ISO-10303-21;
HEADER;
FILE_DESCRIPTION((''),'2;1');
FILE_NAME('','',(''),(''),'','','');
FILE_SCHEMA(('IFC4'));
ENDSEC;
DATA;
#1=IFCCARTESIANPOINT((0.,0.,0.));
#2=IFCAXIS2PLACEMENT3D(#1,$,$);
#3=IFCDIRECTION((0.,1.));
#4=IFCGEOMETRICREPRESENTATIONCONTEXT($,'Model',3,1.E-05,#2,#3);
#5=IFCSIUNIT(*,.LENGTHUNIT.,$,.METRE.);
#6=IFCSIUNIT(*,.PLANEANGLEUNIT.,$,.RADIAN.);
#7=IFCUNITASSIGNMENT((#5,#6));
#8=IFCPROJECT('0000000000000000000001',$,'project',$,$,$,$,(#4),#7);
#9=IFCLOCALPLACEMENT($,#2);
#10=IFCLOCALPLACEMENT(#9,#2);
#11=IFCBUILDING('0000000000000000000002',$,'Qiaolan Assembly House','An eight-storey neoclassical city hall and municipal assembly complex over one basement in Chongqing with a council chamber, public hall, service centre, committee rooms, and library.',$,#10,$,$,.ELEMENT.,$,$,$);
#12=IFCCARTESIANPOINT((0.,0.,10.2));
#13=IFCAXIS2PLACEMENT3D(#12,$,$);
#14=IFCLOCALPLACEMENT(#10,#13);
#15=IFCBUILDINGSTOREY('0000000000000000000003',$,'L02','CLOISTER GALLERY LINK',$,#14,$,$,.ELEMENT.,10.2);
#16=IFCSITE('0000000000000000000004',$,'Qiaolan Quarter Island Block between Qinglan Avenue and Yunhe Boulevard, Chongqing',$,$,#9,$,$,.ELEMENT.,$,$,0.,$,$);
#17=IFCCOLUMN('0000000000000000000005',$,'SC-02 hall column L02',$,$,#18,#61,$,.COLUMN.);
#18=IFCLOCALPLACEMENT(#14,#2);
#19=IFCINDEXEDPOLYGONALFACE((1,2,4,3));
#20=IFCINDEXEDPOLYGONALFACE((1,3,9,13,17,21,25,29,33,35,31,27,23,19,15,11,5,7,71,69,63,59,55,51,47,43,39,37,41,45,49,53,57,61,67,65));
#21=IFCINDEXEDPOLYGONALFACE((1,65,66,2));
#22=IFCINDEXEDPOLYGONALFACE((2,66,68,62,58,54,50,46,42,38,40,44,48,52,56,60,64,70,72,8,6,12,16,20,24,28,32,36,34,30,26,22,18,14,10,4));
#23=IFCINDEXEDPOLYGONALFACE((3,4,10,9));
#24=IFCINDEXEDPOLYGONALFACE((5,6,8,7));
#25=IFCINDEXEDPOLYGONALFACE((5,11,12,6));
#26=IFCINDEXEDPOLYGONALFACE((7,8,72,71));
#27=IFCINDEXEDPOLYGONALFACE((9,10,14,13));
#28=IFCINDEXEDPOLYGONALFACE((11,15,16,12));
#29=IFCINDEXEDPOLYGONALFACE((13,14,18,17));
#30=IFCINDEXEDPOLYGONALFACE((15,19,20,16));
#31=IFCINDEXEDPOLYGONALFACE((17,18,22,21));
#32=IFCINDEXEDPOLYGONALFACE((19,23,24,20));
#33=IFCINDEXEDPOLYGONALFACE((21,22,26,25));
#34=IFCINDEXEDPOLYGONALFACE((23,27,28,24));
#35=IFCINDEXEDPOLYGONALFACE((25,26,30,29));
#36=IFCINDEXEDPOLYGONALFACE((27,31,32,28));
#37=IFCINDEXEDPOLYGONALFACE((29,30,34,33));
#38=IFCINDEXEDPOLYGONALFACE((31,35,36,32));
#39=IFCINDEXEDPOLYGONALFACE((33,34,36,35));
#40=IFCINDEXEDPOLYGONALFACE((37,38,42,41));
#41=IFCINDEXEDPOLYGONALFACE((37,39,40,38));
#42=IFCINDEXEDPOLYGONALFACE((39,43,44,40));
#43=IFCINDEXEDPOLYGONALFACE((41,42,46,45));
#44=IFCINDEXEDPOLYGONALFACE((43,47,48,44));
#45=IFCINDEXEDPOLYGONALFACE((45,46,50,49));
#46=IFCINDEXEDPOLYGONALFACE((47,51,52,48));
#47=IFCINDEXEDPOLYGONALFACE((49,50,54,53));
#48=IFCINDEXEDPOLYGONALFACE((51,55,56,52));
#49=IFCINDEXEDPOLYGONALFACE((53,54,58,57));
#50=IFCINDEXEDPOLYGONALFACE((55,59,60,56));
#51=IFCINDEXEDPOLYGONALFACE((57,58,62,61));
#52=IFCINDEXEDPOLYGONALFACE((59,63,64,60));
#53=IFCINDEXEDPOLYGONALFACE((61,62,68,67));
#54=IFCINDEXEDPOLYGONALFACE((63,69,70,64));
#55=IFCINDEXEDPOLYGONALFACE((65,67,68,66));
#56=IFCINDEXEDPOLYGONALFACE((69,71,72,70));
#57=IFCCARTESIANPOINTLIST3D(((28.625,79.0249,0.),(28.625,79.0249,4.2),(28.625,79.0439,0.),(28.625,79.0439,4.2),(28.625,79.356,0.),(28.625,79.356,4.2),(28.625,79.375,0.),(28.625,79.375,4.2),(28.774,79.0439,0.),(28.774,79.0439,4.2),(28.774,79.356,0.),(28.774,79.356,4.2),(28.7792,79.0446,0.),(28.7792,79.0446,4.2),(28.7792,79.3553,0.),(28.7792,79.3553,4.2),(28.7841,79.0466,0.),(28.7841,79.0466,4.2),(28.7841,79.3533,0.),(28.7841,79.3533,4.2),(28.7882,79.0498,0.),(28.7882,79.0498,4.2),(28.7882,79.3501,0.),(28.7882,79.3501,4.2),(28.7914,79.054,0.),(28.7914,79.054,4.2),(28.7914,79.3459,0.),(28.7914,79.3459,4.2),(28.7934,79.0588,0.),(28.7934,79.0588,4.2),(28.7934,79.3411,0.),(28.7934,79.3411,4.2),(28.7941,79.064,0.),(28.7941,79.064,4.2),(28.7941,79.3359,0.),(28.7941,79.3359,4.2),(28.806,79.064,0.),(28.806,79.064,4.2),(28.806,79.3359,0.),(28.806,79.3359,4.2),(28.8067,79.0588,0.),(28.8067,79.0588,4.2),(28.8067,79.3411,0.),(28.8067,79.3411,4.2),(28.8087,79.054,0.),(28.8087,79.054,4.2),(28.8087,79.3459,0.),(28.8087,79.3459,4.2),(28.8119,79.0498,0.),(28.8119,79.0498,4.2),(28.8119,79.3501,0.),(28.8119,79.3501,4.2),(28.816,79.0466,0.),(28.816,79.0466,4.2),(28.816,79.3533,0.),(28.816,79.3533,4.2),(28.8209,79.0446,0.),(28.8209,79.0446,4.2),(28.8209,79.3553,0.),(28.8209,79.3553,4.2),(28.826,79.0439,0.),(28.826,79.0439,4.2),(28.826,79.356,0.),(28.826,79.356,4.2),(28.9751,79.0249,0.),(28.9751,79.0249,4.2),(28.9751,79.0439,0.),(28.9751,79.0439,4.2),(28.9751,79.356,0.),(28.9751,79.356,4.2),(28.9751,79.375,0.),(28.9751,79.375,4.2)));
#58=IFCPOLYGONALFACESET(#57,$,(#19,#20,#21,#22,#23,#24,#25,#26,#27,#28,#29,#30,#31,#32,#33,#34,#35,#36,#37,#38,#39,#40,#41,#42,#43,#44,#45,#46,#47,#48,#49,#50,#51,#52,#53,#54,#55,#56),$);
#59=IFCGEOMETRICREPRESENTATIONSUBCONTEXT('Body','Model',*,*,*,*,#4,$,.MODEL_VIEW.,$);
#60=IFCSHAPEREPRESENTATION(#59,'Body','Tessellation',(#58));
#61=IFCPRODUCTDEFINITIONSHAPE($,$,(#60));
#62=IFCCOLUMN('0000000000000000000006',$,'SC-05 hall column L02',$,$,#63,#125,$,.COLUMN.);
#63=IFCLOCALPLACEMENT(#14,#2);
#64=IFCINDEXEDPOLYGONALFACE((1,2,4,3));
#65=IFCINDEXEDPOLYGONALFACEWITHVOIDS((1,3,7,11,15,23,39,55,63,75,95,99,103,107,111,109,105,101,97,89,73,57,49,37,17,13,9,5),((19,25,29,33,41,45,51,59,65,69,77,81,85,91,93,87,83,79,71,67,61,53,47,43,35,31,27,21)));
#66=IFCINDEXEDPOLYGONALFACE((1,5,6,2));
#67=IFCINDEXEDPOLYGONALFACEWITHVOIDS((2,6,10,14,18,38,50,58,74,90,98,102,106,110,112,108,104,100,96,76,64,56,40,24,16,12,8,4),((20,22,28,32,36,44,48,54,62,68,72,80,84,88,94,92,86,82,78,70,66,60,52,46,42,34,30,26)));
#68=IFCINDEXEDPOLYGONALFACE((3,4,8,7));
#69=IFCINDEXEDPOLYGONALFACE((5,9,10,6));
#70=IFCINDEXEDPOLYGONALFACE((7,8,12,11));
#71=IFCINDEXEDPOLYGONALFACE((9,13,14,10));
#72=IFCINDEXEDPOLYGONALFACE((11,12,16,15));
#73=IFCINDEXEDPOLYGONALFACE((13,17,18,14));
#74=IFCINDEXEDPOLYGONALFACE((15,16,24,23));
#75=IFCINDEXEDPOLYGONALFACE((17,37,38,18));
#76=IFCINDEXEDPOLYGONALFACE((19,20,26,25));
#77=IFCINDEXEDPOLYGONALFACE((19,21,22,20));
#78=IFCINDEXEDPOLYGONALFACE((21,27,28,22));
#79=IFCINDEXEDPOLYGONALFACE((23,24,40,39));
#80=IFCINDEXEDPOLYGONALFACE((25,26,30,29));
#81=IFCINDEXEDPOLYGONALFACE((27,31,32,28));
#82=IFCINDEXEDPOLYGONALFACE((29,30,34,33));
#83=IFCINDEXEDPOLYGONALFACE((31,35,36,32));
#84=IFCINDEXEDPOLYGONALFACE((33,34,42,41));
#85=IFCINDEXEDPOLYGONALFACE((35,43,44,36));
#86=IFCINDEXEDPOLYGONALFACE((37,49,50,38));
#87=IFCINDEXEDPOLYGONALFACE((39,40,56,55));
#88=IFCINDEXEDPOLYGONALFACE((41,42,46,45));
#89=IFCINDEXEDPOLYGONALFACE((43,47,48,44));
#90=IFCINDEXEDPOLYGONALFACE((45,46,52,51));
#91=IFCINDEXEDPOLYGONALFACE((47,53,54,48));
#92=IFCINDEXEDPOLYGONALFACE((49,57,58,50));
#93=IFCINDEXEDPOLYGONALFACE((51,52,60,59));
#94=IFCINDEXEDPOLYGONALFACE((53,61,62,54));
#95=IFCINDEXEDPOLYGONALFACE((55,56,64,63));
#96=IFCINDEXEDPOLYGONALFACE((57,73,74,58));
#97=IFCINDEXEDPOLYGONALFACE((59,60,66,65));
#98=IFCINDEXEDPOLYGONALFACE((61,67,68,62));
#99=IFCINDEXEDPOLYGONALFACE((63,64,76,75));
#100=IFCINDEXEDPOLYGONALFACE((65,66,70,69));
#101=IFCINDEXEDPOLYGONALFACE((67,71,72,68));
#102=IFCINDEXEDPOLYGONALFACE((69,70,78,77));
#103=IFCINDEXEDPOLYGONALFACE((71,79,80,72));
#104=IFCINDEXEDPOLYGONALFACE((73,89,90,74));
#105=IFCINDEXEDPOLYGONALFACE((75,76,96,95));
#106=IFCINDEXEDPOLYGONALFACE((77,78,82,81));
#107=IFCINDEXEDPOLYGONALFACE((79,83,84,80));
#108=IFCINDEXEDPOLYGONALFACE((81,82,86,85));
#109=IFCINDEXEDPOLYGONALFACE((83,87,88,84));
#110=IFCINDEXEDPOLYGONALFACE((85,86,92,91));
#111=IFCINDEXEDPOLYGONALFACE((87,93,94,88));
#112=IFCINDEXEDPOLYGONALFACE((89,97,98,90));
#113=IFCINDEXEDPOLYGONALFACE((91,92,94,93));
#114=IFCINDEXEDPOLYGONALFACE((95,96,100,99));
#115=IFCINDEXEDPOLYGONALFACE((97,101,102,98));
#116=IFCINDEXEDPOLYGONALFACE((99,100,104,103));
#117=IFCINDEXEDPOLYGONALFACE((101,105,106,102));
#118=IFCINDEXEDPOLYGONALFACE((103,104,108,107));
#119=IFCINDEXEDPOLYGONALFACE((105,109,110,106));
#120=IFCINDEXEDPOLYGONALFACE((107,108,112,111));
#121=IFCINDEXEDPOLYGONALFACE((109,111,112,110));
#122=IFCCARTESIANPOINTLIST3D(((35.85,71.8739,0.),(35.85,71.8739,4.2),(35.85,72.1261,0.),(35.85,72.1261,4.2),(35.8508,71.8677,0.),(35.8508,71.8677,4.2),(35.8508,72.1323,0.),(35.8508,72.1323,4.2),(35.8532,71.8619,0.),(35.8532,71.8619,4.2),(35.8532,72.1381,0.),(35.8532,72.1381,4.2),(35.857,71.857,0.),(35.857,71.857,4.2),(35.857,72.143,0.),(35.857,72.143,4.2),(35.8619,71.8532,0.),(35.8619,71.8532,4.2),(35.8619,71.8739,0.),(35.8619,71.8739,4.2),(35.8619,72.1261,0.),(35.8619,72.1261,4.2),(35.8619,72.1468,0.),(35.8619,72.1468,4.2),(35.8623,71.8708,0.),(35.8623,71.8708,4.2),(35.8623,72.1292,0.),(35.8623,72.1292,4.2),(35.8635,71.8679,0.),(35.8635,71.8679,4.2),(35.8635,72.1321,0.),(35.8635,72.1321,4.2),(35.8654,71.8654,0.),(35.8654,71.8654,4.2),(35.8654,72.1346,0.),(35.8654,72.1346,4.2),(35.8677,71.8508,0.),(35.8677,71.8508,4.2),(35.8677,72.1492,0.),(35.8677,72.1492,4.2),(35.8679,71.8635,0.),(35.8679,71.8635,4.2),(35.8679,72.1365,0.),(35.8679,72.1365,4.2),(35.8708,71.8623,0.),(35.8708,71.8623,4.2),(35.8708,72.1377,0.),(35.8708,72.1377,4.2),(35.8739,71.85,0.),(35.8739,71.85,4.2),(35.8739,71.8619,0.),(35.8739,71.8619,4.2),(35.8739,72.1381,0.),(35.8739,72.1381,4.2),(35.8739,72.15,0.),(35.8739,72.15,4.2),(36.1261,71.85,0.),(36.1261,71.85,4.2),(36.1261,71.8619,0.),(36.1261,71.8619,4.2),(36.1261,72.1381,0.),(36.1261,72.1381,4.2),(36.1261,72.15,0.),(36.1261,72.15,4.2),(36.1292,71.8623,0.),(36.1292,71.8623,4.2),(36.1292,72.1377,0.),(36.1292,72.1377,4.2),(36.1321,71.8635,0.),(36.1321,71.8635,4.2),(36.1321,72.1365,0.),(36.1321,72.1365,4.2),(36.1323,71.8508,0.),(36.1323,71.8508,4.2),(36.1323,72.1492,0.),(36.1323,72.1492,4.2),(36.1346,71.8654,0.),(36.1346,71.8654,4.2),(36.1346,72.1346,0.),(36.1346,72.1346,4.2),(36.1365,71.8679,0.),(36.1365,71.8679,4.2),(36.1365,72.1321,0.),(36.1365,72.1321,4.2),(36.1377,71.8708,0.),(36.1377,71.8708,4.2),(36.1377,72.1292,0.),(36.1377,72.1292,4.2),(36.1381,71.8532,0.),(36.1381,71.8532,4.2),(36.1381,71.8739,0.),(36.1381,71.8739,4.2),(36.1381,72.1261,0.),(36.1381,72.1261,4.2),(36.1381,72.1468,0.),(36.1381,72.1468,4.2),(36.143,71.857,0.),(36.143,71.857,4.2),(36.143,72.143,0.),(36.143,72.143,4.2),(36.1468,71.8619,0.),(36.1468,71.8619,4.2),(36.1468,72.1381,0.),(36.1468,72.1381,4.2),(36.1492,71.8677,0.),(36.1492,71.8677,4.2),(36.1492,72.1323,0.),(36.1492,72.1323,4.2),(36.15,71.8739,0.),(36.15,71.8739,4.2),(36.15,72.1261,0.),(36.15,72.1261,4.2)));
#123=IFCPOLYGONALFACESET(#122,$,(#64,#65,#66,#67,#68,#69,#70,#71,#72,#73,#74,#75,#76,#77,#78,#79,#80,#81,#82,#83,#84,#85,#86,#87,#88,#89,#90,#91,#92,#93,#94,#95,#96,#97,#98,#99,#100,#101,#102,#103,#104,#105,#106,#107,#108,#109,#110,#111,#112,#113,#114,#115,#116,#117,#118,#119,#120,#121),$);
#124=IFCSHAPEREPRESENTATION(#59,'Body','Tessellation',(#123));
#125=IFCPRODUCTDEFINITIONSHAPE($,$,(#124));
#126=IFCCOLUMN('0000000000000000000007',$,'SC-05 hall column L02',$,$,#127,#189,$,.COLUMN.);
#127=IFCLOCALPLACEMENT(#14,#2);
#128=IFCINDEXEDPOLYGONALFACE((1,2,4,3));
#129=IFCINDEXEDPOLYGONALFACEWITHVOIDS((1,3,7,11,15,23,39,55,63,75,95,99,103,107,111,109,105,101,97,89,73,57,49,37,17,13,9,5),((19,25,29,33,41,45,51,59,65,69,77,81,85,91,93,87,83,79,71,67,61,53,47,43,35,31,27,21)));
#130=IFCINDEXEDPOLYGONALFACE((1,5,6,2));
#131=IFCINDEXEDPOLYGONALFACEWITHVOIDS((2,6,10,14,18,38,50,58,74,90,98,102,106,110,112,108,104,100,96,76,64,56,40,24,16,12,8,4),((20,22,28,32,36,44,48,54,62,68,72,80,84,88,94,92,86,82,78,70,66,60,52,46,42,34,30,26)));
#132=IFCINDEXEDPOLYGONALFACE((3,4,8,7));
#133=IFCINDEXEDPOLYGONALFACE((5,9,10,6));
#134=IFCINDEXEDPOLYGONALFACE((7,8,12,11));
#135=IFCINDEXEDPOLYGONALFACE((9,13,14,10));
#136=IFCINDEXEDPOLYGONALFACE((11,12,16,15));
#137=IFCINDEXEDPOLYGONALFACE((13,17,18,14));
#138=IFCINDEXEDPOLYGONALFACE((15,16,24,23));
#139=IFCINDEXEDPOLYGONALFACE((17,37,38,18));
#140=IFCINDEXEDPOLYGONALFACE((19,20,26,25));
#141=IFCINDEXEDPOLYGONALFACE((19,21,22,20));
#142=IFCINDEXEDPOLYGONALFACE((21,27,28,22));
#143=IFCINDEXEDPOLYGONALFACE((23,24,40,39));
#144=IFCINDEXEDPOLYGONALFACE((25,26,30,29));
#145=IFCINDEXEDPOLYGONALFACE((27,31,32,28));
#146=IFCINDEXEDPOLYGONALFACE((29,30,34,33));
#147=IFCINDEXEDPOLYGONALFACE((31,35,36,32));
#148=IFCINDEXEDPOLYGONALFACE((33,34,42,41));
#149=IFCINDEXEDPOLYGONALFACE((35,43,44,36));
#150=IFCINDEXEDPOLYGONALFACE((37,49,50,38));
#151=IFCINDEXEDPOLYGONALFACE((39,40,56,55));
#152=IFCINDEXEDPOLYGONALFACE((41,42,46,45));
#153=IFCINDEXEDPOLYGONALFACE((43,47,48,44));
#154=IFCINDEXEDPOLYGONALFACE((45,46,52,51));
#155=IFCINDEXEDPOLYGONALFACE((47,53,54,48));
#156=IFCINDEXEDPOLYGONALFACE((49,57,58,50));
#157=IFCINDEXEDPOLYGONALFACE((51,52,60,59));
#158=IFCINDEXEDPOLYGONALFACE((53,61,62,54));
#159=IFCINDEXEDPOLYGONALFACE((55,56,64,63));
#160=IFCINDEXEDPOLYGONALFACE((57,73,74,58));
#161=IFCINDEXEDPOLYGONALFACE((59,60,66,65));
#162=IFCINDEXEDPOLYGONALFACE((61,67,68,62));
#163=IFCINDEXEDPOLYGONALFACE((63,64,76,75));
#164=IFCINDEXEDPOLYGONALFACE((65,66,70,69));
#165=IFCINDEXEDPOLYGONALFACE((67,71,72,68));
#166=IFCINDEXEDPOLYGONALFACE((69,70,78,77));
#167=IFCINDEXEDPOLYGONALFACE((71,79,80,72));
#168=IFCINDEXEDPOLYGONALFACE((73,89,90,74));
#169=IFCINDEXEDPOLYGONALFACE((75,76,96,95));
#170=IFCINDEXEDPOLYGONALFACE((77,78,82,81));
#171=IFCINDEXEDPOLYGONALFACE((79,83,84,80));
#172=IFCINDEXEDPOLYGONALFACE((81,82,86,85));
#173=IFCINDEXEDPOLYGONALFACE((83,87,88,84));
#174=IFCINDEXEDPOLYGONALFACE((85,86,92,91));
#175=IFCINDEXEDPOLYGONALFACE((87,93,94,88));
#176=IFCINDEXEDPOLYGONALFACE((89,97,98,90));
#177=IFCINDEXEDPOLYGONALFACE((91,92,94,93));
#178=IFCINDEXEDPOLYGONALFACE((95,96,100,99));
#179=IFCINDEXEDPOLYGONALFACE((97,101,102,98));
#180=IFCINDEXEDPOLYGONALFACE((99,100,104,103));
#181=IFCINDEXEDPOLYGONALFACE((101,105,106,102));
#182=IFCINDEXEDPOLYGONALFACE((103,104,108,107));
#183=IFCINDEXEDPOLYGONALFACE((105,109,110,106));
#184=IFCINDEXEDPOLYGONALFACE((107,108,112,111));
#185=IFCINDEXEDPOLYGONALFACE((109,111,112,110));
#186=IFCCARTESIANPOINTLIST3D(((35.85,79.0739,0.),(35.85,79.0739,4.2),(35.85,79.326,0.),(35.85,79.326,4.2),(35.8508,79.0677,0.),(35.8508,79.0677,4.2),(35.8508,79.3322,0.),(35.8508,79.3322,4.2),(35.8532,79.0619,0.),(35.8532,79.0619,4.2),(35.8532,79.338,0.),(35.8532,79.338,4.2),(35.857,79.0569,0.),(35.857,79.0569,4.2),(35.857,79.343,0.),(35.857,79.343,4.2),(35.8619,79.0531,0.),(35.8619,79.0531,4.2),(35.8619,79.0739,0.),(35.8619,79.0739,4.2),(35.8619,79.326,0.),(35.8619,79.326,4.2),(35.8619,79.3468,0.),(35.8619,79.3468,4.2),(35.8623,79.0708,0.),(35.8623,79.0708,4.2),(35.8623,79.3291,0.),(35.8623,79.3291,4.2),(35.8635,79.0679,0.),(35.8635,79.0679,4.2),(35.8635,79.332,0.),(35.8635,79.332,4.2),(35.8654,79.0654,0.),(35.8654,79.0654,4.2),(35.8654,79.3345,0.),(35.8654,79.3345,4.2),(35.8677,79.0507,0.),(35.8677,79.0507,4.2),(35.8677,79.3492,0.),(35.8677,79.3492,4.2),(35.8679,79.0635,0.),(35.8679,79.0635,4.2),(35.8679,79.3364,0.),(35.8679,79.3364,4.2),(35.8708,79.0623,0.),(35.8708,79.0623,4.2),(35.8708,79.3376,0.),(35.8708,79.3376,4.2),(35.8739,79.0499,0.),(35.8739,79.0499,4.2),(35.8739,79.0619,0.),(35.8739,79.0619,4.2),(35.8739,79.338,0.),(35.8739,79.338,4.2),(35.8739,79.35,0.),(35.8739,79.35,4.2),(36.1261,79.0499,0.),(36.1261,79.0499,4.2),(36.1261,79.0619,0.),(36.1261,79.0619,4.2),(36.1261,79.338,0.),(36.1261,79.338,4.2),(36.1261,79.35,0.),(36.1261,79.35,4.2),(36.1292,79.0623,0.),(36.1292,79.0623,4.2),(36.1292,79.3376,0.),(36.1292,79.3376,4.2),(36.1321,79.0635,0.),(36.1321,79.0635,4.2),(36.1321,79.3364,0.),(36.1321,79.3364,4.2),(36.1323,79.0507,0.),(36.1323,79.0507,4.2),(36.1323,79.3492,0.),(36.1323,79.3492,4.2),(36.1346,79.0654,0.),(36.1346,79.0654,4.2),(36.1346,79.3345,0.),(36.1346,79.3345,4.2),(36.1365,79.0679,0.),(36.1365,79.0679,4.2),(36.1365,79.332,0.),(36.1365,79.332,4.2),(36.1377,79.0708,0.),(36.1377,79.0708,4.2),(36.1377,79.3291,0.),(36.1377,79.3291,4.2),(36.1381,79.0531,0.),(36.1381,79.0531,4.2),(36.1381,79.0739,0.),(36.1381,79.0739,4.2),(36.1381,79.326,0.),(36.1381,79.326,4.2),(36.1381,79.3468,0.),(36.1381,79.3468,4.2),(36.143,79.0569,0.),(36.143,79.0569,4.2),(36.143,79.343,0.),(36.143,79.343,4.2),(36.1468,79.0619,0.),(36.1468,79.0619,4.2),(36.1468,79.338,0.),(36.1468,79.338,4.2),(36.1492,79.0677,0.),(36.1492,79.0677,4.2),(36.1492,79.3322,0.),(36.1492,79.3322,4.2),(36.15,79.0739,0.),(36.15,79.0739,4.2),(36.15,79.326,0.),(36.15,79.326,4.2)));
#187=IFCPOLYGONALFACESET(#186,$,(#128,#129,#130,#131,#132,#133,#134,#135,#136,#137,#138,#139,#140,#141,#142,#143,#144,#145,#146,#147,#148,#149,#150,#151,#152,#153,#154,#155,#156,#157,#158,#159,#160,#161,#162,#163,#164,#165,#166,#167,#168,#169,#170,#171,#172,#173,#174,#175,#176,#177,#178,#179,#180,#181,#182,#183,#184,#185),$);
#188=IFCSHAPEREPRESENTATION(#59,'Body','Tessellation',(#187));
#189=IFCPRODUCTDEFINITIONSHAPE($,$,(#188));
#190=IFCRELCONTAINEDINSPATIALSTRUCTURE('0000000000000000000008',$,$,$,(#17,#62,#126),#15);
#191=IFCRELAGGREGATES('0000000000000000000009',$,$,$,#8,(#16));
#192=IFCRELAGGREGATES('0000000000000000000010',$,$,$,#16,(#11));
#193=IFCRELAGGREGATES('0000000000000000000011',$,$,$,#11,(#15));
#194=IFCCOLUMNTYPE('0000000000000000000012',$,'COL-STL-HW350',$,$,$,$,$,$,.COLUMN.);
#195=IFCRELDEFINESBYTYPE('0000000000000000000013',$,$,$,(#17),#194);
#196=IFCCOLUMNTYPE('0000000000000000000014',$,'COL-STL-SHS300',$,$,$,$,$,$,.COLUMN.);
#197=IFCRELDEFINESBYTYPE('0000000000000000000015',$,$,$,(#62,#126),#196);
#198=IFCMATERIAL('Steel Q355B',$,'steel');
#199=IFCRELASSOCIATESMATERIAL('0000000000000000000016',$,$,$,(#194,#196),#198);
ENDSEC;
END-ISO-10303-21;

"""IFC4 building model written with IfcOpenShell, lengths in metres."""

from ifc_helpers import new_model, si_unit, direction, frame, origin, origin_2d, place, context, subcontext, project, spatial, hollow_rectangle, i_section, extrude, material, material_profile, profile_set, type_object, element, save


model = new_model("IFC4")

# Units and contexts
model_context = context("Model", 3, precision=1e-05, world=origin(), true_north=direction((0.0, 1.0)))
body_context = subcontext(model_context, "Body", "Model", "MODEL_VIEW")
ifc_project = project(units=[si_unit("LENGTHUNIT", "METRE"), si_unit("PLANEANGLEUNIT", "RADIAN")], contexts=[model_context])

# Site, building, storey
site_placement = place(None, origin())
site = spatial("IfcSite", under=ifc_project, at=site_placement, Name="Qiaolan Quarter Island Block between Qinglan Avenue and Yunhe Boulevard, Chongqing", CompositionType="ELEMENT", RefElevation=0.0)
building_placement = place(site_placement, origin())
building = spatial("IfcBuilding", under=site, at=building_placement, Name="Qiaolan Assembly House", Description="An eight-storey neoclassical city hall and municipal assembly complex over one basement in Chongqing with a council chamber, public hall, service centre, committee rooms, and library.", CompositionType="ELEMENT")
storey_placement = place(building_placement, frame((0.0, 0.0, 10.2)))
storey = spatial("IfcBuildingStorey", under=building, at=storey_placement, Name="L02", Description="CLOISTER GALLERY LINK", CompositionType="ELEMENT", Elevation=10.2)

# Columns
ifc_material_1 = material(Name="Steel Q355B", Category="steel")
ifc_material_profile_1 = material_profile(ifc_material_1, i_section(OverallWidth=0.3501, OverallDepth=0.3501, WebThickness=0.012, FlangeThickness=0.019, FilletRadius=0.02, at=origin_2d()), Name="HW 350x350x12x19")
ifc_profile_set_1 = profile_set([ifc_material_profile_1], Name="Steel Q355B")
column_type_1 = type_object("IfcColumnType", Name="COL-STL-HW350", PredefinedType="COLUMN", material=ifc_profile_set_1)
column_placement = place(storey_placement, frame((28.8, 79.2, 0.0), z_axis=(0.0, 0.0, 1.0), x_axis=(1.0, 0.0, 0.0)))
element("IfcColumn", 1, at=column_placement, inside=storey, type_object=column_type_1, Name="SC-02 hall column L02", PredefinedType="COLUMN", context=body_context, shape_type="SweptSolid", body=[
    extrude(i_section(OverallWidth=0.3501, OverallDepth=0.3501, WebThickness=0.012, FlangeThickness=0.019, FilletRadius=0.02, at=origin_2d()), origin(), (0.0, 0.0, 1.0), 4.2),
])
ifc_material_profile_2 = material_profile(ifc_material_1, hollow_rectangle(XDim=0.3, YDim=0.3, WallThickness=0.012, InnerFilletRadius=0.012, OuterFilletRadius=0.0239, at=origin_2d()), Name="SHS 300x300x12")
ifc_profile_set_2 = profile_set([ifc_material_profile_2], Name="Steel Q355B")
column_type_2 = type_object("IfcColumnType", Name="COL-STL-SHS300", PredefinedType="COLUMN", material=ifc_profile_set_2)
for number, where, z_axis, x_axis, name in (
    (2, (36.0, 72.0, 0.0), (0.0, 0.0, 1.0), (1.0, 0.0, 0.0), "SC-05 hall column L02"),
    (3, (36.0, 79.2, 0.0), (0.0, 0.0, 1.0), (1.0, 0.0, 0.0), "SC-05 hall column L02"),
):
    element("IfcColumn", number, at=place(storey_placement, frame(where, z_axis=z_axis, x_axis=x_axis)), inside=storey, type_object=column_type_2, Name=name, PredefinedType="COLUMN", context=body_context, shape_type="SweptSolid", body=[
        extrude(hollow_rectangle(XDim=0.3, YDim=0.3, WallThickness=0.012, InnerFilletRadius=0.012, OuterFilletRadius=0.0239, at=origin_2d()), origin(), (0.0, 0.0, 1.0), 4.2),
    ])

save(model, "model.ifc")
